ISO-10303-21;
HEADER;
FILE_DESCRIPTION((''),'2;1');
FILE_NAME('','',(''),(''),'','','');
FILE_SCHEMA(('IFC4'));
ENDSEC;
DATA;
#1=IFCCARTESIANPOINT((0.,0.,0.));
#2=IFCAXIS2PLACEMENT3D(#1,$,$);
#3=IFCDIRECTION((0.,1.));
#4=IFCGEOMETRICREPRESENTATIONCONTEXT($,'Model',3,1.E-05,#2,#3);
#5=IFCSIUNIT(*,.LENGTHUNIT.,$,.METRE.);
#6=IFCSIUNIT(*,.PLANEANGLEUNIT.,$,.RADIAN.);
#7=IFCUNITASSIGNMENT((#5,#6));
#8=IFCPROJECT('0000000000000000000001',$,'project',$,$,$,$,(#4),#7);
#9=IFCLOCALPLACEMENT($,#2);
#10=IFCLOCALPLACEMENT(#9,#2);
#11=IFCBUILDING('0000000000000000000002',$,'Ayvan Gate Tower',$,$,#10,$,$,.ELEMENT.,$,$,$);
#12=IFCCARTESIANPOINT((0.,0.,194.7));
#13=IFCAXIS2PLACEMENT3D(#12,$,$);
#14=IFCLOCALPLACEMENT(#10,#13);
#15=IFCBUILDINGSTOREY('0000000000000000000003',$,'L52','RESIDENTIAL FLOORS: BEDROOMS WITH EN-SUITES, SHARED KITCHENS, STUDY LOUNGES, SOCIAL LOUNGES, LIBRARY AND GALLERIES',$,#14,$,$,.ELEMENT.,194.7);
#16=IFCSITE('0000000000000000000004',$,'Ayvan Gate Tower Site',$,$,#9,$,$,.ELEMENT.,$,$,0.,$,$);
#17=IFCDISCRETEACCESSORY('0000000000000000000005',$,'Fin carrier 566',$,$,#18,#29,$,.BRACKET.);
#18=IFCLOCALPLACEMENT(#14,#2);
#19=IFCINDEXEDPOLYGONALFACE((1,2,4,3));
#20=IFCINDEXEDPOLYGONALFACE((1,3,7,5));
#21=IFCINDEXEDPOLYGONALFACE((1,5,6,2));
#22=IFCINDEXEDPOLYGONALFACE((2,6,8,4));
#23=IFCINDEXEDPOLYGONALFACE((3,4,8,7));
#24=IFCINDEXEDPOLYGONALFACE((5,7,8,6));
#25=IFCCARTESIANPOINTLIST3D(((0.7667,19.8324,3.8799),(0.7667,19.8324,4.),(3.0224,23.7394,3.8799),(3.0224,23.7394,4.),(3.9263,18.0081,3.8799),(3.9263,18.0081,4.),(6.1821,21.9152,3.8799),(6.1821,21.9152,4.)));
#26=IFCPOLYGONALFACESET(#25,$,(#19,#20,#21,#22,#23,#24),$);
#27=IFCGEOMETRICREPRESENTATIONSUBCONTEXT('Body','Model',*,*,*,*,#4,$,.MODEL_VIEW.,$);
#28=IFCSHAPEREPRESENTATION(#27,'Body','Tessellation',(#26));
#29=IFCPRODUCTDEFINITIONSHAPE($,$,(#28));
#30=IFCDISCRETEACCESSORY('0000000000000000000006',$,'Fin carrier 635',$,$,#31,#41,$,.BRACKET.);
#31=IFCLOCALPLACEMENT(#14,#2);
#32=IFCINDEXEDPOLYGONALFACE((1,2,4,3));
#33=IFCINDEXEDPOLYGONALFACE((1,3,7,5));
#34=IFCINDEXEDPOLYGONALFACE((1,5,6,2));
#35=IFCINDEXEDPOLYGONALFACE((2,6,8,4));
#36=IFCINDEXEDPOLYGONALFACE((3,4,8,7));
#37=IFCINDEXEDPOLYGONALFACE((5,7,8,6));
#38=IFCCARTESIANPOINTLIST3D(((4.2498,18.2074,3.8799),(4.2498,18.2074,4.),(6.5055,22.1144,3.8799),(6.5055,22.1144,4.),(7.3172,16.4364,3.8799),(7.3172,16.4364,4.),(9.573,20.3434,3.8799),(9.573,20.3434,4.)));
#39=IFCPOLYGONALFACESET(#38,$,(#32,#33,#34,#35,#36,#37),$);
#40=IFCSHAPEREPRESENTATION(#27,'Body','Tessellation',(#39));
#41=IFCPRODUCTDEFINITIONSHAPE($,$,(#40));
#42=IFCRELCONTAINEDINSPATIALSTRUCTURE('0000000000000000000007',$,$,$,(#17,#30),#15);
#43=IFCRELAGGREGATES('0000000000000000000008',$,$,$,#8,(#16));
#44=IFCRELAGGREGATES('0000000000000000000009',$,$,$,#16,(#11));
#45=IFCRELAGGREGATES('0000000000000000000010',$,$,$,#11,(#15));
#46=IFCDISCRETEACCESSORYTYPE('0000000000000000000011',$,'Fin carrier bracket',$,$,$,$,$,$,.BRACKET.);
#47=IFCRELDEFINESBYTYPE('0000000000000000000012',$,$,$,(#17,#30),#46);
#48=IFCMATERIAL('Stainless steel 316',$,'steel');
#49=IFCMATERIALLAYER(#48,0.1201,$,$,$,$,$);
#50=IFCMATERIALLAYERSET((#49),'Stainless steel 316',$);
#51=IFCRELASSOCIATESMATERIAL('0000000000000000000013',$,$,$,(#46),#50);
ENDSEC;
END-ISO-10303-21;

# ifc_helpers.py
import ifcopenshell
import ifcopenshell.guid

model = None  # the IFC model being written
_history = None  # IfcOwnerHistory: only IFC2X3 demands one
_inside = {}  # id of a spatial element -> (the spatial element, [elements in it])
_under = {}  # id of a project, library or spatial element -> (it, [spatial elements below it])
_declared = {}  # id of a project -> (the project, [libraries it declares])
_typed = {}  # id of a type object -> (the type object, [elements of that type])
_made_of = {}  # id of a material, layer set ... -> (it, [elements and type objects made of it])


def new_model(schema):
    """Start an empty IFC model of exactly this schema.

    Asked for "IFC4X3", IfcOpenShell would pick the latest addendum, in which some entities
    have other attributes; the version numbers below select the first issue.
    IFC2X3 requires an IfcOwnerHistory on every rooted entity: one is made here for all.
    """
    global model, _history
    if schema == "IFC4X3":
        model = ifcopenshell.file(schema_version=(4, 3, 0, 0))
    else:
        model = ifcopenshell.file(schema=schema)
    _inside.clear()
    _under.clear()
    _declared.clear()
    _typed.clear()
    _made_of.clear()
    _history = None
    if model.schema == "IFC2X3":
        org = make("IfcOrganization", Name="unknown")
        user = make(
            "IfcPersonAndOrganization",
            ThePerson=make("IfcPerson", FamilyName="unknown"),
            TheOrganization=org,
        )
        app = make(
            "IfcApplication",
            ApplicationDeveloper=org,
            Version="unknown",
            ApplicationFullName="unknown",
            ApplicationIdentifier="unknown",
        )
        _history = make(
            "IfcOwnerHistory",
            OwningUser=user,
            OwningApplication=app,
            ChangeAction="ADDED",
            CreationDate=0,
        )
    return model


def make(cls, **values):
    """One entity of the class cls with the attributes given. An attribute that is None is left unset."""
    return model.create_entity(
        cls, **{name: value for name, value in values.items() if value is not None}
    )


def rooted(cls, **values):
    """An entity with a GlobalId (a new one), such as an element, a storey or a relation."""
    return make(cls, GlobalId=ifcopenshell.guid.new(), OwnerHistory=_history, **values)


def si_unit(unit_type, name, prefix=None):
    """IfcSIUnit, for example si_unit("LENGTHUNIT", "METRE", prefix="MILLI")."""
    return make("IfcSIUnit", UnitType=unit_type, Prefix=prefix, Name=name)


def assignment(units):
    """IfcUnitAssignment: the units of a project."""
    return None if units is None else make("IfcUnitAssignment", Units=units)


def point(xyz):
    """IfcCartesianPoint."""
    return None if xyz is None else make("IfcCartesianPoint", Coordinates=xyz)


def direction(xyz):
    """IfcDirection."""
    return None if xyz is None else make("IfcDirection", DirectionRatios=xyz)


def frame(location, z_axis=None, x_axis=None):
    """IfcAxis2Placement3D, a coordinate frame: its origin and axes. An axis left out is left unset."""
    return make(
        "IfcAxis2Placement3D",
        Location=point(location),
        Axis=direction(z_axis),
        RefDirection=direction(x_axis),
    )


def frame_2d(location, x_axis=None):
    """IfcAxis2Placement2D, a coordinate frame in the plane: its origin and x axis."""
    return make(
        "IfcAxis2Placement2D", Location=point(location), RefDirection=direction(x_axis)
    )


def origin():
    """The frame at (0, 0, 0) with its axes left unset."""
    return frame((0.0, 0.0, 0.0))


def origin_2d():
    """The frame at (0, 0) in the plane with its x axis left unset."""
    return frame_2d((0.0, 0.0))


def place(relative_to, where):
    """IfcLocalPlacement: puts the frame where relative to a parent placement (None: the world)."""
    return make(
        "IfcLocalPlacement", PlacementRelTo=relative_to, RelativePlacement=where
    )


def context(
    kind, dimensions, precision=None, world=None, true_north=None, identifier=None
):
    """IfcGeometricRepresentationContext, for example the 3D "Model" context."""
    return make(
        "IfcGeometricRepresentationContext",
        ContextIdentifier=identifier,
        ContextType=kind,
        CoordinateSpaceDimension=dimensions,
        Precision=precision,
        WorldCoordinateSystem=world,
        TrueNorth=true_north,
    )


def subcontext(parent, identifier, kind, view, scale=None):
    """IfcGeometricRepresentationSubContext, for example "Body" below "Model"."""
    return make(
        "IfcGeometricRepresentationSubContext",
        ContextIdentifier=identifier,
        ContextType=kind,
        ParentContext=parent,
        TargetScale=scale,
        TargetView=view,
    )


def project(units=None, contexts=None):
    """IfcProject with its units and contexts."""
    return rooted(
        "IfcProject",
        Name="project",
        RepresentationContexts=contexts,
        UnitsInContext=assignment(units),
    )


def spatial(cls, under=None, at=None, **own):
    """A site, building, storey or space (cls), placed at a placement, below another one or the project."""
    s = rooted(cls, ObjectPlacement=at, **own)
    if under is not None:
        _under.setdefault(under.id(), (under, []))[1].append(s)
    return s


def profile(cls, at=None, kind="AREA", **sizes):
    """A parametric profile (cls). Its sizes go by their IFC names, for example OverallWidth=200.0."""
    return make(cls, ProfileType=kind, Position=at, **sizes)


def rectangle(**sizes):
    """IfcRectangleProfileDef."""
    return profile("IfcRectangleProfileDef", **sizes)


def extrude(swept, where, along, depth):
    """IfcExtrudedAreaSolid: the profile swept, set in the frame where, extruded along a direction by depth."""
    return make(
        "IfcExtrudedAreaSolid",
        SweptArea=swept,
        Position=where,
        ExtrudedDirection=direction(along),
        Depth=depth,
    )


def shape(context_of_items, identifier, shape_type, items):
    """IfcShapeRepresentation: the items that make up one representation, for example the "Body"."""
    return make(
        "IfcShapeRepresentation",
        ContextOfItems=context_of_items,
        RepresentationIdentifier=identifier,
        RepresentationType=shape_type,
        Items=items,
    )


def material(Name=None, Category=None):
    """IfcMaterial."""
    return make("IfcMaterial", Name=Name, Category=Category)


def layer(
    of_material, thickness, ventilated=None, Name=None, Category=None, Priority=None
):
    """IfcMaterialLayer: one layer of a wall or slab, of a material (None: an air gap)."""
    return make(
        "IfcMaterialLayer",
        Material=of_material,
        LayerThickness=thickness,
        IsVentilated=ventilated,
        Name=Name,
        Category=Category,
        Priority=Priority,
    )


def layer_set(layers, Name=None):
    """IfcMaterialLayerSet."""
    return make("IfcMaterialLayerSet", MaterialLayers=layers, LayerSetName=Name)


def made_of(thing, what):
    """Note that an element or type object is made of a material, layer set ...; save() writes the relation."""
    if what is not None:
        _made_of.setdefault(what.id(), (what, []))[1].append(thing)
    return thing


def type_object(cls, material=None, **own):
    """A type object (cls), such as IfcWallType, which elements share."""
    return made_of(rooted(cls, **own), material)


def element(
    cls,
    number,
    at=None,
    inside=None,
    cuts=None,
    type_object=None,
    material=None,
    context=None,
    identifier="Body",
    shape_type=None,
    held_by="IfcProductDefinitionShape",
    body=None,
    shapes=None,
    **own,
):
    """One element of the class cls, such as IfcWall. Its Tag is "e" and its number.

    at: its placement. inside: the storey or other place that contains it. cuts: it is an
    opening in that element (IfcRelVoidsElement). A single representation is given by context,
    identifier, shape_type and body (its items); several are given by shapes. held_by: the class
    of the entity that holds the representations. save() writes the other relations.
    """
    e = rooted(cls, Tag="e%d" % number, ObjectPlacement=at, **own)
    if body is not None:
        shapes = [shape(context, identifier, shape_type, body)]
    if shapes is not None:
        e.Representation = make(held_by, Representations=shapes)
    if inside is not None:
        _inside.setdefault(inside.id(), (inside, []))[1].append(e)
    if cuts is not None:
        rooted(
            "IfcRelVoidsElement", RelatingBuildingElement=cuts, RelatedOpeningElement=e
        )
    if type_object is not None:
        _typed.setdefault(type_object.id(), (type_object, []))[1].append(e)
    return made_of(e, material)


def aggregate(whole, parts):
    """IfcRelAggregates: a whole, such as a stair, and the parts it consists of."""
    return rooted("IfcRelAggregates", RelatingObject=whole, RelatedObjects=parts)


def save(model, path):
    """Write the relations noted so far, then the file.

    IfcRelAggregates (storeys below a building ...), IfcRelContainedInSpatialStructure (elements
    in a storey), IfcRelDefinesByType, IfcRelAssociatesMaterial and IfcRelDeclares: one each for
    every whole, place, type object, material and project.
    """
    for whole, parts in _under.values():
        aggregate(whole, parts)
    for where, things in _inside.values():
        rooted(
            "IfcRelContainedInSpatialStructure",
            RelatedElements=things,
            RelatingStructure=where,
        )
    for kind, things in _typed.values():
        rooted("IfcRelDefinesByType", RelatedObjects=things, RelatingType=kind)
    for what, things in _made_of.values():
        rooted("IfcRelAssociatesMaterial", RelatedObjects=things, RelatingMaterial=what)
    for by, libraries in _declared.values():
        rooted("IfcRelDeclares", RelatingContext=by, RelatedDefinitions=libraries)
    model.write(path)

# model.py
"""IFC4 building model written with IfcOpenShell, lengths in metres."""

from ifc_helpers import new_model, si_unit, direction, frame, origin, origin_2d, place, context, subcontext, project, spatial, rectangle, extrude, material, layer, layer_set, type_object, element, save


model = new_model("IFC4")

# Units and contexts
model_context = context("Model", 3, precision=1e-05, world=origin(), true_north=direction((0.0, 1.0)))
body_context = subcontext(model_context, "Body", "Model", "MODEL_VIEW")
ifc_project = project(units=[si_unit("LENGTHUNIT", "METRE"), si_unit("PLANEANGLEUNIT", "RADIAN")], contexts=[model_context])

# Site, building, storey
site_placement = place(None, origin())
site = spatial("IfcSite", under=ifc_project, at=site_placement, Name="Ayvan Gate Tower Site", CompositionType="ELEMENT", RefElevation=0.0)
building_placement = place(site_placement, origin())
building = spatial("IfcBuilding", under=site, at=building_placement, Name="Ayvan Gate Tower", CompositionType="ELEMENT")
storey_placement = place(building_placement, frame((0.0, 0.0, 194.7)))
storey = spatial("IfcBuildingStorey", under=building, at=storey_placement, Name="L52", Description="RESIDENTIAL FLOORS: BEDROOMS WITH EN-SUITES, SHARED KITCHENS, STUDY LOUNGES, SOCIAL LOUNGES, LIBRARY AND GALLERIES", CompositionType="ELEMENT", Elevation=194.7)

# Discrete accessories
ifc_material_1 = material(Name="Stainless steel 316", Category="steel")
ifc_layer_1 = layer(ifc_material_1, 0.1201)
ifc_layer_set_1 = layer_set([ifc_layer_1], Name="Stainless steel 316")
discrete_accessory_type = type_object("IfcDiscreteAccessoryType", Name="Fin carrier bracket", PredefinedType="BRACKET", material=ifc_layer_set_1)
discrete_accessory_1_placement = place(storey_placement, frame((3.4744, 20.8738, 3.8799), z_axis=(0.0, 0.0, 1.0), x_axis=(-0.866025, 0.5, 0.0)))
element("IfcDiscreteAccessory", 1, at=discrete_accessory_1_placement, inside=storey, type_object=discrete_accessory_type, Name="Fin carrier 566", PredefinedType="BRACKET", context=body_context, shape_type="SweptSolid", body=[
    extrude(rectangle(XDim=3.6484, YDim=4.5115, at=origin_2d()), origin(), (0.0, 0.0, 1.0), 0.1201),
])
discrete_accessory_2_placement = place(storey_placement, frame((6.9114, 19.2754, 3.8799), z_axis=(0.0, 0.0, 1.0), x_axis=(-0.866025, 0.5, 0.0)))
element("IfcDiscreteAccessory", 2, at=discrete_accessory_2_placement, inside=storey, type_object=discrete_accessory_type, Name="Fin carrier 635", PredefinedType="BRACKET", context=body_context, shape_type="SweptSolid", body=[
    extrude(rectangle(XDim=3.542, YDim=4.5115, at=origin_2d()), origin(), (0.0, 0.0, 1.0), 0.1201),
])

save(model, "model.ifc")
